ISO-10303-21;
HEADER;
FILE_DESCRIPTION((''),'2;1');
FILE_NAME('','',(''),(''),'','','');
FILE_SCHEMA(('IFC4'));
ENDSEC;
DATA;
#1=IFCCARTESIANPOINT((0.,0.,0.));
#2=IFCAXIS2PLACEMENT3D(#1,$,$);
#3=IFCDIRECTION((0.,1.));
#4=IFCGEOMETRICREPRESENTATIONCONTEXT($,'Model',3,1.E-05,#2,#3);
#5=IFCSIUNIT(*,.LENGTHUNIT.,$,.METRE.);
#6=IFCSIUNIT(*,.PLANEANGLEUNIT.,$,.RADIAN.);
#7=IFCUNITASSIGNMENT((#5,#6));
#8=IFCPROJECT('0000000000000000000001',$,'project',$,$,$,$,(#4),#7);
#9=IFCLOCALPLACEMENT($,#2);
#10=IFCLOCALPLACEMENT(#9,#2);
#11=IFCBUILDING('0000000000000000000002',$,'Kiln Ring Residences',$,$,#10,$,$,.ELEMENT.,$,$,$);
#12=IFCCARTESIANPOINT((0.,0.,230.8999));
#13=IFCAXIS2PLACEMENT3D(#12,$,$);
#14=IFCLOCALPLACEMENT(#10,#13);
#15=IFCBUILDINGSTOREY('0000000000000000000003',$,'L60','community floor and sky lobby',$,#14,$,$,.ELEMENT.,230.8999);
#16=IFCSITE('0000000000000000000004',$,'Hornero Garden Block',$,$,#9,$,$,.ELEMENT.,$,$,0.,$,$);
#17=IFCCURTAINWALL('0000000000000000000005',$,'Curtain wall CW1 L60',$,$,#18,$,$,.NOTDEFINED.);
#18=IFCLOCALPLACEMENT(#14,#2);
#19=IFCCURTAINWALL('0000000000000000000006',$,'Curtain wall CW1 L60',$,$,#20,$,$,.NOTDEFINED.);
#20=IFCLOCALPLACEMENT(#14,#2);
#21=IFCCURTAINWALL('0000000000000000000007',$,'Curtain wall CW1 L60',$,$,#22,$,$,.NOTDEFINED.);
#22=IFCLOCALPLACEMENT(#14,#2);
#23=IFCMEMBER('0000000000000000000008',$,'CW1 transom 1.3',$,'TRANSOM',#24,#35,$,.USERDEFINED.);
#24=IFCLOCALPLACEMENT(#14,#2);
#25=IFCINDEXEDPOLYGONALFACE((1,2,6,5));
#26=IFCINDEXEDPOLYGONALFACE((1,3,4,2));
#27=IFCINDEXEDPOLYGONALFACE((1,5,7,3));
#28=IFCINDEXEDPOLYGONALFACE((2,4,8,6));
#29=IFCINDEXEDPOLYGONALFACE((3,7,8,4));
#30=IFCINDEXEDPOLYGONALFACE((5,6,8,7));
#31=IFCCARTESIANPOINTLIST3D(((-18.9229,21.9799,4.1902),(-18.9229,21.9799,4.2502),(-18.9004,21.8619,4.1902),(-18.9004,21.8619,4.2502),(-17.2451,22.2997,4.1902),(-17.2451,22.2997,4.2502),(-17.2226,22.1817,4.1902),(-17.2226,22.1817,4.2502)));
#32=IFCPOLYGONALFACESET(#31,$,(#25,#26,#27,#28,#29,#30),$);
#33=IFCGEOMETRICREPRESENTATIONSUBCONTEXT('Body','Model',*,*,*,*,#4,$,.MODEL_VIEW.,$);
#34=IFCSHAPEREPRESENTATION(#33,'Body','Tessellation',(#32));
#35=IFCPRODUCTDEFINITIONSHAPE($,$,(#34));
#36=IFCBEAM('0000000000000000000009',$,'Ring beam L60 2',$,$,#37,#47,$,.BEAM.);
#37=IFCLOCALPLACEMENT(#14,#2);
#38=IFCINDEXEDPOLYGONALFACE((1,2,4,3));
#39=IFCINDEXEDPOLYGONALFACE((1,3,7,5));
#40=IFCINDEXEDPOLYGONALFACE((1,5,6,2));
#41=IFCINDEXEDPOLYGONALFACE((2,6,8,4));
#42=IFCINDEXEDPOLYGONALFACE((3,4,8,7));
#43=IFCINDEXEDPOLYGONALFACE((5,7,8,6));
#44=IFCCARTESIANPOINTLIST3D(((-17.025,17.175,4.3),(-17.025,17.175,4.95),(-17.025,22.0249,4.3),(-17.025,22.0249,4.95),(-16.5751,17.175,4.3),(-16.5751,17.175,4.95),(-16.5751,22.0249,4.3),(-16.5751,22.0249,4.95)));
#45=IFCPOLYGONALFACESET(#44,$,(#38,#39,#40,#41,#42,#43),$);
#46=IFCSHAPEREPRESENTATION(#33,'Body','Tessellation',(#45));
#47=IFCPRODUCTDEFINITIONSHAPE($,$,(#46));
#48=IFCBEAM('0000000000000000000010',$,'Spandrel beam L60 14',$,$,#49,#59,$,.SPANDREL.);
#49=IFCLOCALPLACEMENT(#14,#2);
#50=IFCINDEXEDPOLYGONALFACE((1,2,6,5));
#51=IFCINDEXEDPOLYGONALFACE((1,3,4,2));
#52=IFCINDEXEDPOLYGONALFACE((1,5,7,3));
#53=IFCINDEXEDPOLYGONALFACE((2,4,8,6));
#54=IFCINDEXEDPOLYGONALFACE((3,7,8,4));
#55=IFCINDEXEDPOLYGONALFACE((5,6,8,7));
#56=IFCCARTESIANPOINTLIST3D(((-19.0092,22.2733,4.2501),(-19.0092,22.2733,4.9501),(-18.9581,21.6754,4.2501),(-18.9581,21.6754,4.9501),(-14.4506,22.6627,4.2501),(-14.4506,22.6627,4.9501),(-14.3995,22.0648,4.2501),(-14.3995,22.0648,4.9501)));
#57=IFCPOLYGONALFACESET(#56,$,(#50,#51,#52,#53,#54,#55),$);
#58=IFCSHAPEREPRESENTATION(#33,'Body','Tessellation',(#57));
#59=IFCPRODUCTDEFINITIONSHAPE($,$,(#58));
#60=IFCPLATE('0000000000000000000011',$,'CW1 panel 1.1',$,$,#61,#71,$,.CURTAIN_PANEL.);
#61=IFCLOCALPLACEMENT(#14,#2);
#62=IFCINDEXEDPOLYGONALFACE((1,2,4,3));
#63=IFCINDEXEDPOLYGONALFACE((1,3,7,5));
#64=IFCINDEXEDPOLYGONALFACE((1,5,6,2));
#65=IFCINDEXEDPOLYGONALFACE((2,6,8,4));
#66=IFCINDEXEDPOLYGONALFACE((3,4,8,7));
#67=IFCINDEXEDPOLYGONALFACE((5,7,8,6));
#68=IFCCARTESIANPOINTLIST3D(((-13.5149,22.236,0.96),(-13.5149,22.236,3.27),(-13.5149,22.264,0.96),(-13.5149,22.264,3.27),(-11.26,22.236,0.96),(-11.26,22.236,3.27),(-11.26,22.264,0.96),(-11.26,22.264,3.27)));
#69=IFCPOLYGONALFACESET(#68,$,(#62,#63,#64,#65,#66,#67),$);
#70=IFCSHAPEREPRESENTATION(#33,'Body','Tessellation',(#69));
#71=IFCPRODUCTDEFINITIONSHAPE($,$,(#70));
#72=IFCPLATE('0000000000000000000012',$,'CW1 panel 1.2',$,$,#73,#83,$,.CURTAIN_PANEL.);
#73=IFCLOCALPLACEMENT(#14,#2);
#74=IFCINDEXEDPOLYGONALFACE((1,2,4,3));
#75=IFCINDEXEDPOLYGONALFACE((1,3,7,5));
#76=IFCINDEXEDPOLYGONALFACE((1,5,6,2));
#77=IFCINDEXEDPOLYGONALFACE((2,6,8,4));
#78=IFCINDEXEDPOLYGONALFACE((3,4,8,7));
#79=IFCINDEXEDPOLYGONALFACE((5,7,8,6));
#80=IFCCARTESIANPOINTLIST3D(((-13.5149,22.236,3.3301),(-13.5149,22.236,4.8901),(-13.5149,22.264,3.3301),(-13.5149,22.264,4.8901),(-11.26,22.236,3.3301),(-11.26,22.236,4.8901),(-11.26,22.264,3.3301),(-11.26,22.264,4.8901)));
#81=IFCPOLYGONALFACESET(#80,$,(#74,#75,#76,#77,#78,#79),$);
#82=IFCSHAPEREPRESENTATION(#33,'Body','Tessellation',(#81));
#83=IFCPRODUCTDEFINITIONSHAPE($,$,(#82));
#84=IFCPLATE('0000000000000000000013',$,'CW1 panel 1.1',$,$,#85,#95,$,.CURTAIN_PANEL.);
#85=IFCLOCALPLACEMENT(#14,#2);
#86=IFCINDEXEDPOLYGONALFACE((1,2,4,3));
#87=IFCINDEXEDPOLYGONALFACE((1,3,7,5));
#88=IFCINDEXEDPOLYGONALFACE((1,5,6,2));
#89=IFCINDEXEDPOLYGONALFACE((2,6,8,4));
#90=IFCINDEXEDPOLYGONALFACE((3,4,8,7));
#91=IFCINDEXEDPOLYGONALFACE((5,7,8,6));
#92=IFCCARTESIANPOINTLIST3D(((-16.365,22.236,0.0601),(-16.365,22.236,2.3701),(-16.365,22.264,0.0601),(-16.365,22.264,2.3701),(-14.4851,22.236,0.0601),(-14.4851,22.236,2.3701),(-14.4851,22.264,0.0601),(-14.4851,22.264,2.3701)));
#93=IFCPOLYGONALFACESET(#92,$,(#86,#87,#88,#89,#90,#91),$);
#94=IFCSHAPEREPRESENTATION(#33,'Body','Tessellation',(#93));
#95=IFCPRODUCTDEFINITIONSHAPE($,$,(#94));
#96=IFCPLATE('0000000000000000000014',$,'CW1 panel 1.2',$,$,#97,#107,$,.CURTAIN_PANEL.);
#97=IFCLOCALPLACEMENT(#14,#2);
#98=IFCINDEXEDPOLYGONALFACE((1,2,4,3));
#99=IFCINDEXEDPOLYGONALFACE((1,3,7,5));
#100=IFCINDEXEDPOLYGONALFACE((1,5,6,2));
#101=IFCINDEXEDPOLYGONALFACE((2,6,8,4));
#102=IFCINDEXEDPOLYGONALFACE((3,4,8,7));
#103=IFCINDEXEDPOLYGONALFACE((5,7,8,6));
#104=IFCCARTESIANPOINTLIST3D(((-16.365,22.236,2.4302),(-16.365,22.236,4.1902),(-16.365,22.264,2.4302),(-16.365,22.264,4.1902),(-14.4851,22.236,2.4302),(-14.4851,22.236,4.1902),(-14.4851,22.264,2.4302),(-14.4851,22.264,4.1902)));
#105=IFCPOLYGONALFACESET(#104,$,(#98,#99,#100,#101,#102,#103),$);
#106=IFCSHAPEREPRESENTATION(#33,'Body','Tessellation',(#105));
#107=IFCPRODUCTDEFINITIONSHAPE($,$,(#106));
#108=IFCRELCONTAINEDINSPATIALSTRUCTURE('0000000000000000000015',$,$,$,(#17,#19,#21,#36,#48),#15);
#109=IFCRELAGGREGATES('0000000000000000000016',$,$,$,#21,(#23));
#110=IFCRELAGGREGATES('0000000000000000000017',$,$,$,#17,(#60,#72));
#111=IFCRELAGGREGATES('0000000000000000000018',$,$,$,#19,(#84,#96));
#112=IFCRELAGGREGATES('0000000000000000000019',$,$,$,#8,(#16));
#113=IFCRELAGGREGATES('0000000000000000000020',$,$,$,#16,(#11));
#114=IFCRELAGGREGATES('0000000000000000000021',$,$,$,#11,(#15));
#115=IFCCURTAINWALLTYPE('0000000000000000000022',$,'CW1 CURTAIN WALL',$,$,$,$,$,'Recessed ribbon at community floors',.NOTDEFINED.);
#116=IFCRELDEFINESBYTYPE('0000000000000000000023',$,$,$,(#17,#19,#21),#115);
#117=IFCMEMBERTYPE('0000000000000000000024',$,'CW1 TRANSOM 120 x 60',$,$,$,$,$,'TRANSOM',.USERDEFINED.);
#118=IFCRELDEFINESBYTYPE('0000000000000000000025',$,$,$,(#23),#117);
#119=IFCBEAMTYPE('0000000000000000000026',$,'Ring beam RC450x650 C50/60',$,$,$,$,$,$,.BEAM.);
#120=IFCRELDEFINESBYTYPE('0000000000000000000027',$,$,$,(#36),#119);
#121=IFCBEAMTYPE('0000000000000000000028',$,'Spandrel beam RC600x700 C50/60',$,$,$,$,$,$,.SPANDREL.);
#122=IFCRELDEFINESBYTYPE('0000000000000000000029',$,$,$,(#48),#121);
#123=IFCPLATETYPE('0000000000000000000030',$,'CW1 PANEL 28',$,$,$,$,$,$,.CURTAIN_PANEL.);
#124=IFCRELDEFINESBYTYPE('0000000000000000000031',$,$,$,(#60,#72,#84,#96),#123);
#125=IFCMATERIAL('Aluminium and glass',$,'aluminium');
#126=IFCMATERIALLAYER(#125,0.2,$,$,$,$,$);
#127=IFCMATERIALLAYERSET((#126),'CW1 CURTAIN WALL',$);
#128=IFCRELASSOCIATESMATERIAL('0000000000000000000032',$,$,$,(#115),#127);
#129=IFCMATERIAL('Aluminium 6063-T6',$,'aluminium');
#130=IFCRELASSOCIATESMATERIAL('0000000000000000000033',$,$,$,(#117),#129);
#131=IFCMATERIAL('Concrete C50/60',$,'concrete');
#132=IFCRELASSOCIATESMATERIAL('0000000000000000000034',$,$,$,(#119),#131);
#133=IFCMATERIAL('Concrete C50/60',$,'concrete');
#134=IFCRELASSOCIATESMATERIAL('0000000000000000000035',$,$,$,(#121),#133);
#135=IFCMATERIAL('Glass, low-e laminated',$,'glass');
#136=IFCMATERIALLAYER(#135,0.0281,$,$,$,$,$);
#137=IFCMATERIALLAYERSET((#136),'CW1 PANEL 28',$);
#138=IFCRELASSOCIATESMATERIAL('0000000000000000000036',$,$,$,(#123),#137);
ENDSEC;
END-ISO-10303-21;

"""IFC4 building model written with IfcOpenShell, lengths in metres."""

from ifc_helpers import new_model, si_unit, direction, frame, origin, origin_2d, place, context, subcontext, project, spatial, rectangle, extrude, material, layer, layer_set, material_profile, profile_set, type_object, element, aggregate, save


model = new_model("IFC4")

# Units and contexts
model_context = context("Model", 3, precision=1e-05, world=origin(), true_north=direction((0.0, 1.0)))
body_context = subcontext(model_context, "Body", "Model", "MODEL_VIEW")
ifc_project = project(units=[si_unit("LENGTHUNIT", "METRE"), si_unit("PLANEANGLEUNIT", "RADIAN")], contexts=[model_context])

# Site, building, storey
site_placement = place(None, origin())
site = spatial("IfcSite", under=ifc_project, at=site_placement, Name="Hornero Garden Block", CompositionType="ELEMENT", RefElevation=0.0)
building_placement = place(site_placement, origin())
building = spatial("IfcBuilding", under=site, at=building_placement, Name="Kiln Ring Residences", CompositionType="ELEMENT")
storey_placement = place(building_placement, frame((0.0, 0.0, 230.8999)))
storey = spatial("IfcBuildingStorey", under=building, at=storey_placement, Name="L60", Description="community floor and sky lobby", CompositionType="ELEMENT", Elevation=230.8999)

# Curtain wall
ifc_material_1 = material(Name="Aluminium and glass", Category="aluminium")
ifc_layer_1 = layer(ifc_material_1, 0.2)
ifc_layer_set_1 = layer_set([ifc_layer_1], Name="CW1 CURTAIN WALL")
curtain_wall_type = type_object("IfcCurtainWallType", Name="CW1 CURTAIN WALL", ElementType="Recessed ribbon at community floors", PredefinedType="NOTDEFINED", material=ifc_layer_set_1)
placement = place(storey_placement, origin())
curtain_wall_1 = element("IfcCurtainWall", 1, at=placement, inside=storey, type_object=curtain_wall_type, Name="Curtain wall CW1 L60", PredefinedType="NOTDEFINED")

# Curtain wall
curtain_wall_2 = element("IfcCurtainWall", 2, at=placement, inside=storey, type_object=curtain_wall_type, Name="Curtain wall CW1 L60", PredefinedType="NOTDEFINED")

# Curtain wall
curtain_wall_3 = element("IfcCurtainWall", 3, at=placement, inside=storey, type_object=curtain_wall_type, Name="Curtain wall CW1 L60", PredefinedType="NOTDEFINED")

# Member
ifc_material_2 = material(Name="Aluminium 6063-T6", Category="aluminium")
ifc_material_profile_1 = material_profile(ifc_material_2, rectangle(XDim=0.1201, YDim=0.0601, at=origin_2d()), Name="AL 120x60")
ifc_profile_set_1 = profile_set([ifc_material_profile_1], Name="Aluminium 6063-T6")
member_type_1 = type_object("IfcMemberType", Name="CW1 TRANSOM 120 x 60", ElementType="TRANSOM", PredefinedType="USERDEFINED", material=ifc_profile_set_1)
member_1_placement = place(storey_placement, frame((-17.2339, 22.2407, 4.2202), z_axis=(-0.982311, -0.187257, 0.0), x_axis=(0.187257, -0.982311, 0.0)))
member_1 = element("IfcMember", 4, at=member_1_placement, type_object=member_type_1, Name="CW1 transom 1.3", ObjectType="TRANSOM", PredefinedType="USERDEFINED", context=body_context, shape_type="SweptSolid", body=[
    extrude(rectangle(XDim=0.1201, YDim=0.0601, at=origin_2d()), origin(), (0.0, 0.0, 1.0), 1.708),
])
aggregate(curtain_wall_3, [member_1])

# Beams
ifc_material_3 = material(Name="Concrete C50/60", Category="concrete")
ifc_material_profile_2 = material_profile(ifc_material_3, rectangle(XDim=0.45, YDim=0.6499, at=origin_2d()), Name="RC450x650")
ifc_profile_set_2 = profile_set([ifc_material_profile_2], Name="Concrete C50/60")
beam_type_1 = type_object("IfcBeamType", Name="Ring beam RC450x650 C50/60", PredefinedType="BEAM", material=ifc_profile_set_2)
beam_1_placement = place(storey_placement, frame((-16.8, 17.175, 4.625), z_axis=(0.0, 1.0, 0.0), x_axis=(-1.0, 0.0, 0.0)))
element("IfcBeam", 5, at=beam_1_placement, inside=storey, type_object=beam_type_1, Name="Ring beam L60 2", PredefinedType="BEAM", context=body_context, shape_type="SweptSolid", body=[
    extrude(rectangle(XDim=0.45, YDim=0.6499, at=origin_2d()), origin(), (0.0, 0.0, 1.0), 4.8499),
])
ifc_material_4 = material(Name="Concrete C50/60", Category="concrete")
ifc_material_profile_3 = material_profile(ifc_material_4, rectangle(XDim=0.6001, YDim=0.7, at=origin_2d()), Name="RC600x700")
ifc_profile_set_3 = profile_set([ifc_material_profile_3], Name="Concrete C50/60")
beam_type_2 = type_object("IfcBeamType", Name="Spandrel beam RC600x700 C50/60", PredefinedType="SPANDREL", material=ifc_profile_set_3)
beam_2_placement = place(storey_placement, frame((-14.425, 22.3638, 4.6001), z_axis=(-0.996371, -0.085112, 0.0), x_axis=(0.085112, -0.996371, 0.0)))
element("IfcBeam", 6, at=beam_2_placement, inside=storey, type_object=beam_type_2, Name="Spandrel beam L60 14", PredefinedType="SPANDREL", context=body_context, shape_type="SweptSolid", body=[
    extrude(rectangle(XDim=0.6001, YDim=0.7, at=origin_2d()), origin(), (0.0, 0.0, 1.0), 4.5752),
])

# Plates
ifc_material_5 = material(Name="Glass, low-e laminated", Category="glass")
ifc_layer_2 = layer(ifc_material_5, 0.0281)
ifc_layer_set_2 = layer_set([ifc_layer_2], Name="CW1 PANEL 28")
plate_type = type_object("IfcPlateType", Name="CW1 PANEL 28", PredefinedType="CURTAIN_PANEL", material=ifc_layer_set_2)
plate_1_placement = place(storey_placement, frame((-12.3875, 22.25, 0.96), z_axis=(0.0, 0.0, 1.0), x_axis=(-1.0, 0.0, 0.0)))
plate_1 = element("IfcPlate", 7, at=plate_1_placement, type_object=plate_type, Name="CW1 panel 1.1", PredefinedType="CURTAIN_PANEL", context=body_context, shape_type="SweptSolid", body=[
    extrude(rectangle(XDim=2.2549, YDim=0.0281, at=origin_2d()), origin(), (0.0, 0.0, 1.0), 2.3101),
])
plate_2_placement = place(storey_placement, frame((-12.3875, 22.25, 3.3301), z_axis=(0.0, 0.0, 1.0), x_axis=(-1.0, 0.0, 0.0)))
plate_2 = element("IfcPlate", 8, at=plate_2_placement, type_object=plate_type, Name="CW1 panel 1.2", PredefinedType="CURTAIN_PANEL", context=body_context, shape_type="SweptSolid", body=[
    extrude(rectangle(XDim=2.2549, YDim=0.0281, at=origin_2d()), origin(), (0.0, 0.0, 1.0), 1.5601),
])
aggregate(curtain_wall_1, [plate_1, plate_2])
plate_3_placement = place(storey_placement, frame((-15.425, 22.25, 0.0601), z_axis=(0.0, 0.0, 1.0), x_axis=(-1.0, 0.0, 0.0)))
plate_3 = element("IfcPlate", 9, at=plate_3_placement, type_object=plate_type, Name="CW1 panel 1.1", PredefinedType="CURTAIN_PANEL", context=body_context, shape_type="SweptSolid", body=[
    extrude(rectangle(XDim=1.8799, YDim=0.0281, at=origin_2d()), origin(), (0.0, 0.0, 1.0), 2.3101),
])
plate_4_placement = place(storey_placement, frame((-15.425, 22.25, 2.4302), z_axis=(0.0, 0.0, 1.0), x_axis=(-1.0, 0.0, 0.0)))
plate_4 = element("IfcPlate", 10, at=plate_4_placement, type_object=plate_type, Name="CW1 panel 1.2", PredefinedType="CURTAIN_PANEL", context=body_context, shape_type="SweptSolid", body=[
    extrude(rectangle(XDim=1.8799, YDim=0.0281, at=origin_2d()), origin(), (0.0, 0.0, 1.0), 1.76),
])
aggregate(curtain_wall_2, [plate_3, plate_4])

save(model, "model.ifc")
